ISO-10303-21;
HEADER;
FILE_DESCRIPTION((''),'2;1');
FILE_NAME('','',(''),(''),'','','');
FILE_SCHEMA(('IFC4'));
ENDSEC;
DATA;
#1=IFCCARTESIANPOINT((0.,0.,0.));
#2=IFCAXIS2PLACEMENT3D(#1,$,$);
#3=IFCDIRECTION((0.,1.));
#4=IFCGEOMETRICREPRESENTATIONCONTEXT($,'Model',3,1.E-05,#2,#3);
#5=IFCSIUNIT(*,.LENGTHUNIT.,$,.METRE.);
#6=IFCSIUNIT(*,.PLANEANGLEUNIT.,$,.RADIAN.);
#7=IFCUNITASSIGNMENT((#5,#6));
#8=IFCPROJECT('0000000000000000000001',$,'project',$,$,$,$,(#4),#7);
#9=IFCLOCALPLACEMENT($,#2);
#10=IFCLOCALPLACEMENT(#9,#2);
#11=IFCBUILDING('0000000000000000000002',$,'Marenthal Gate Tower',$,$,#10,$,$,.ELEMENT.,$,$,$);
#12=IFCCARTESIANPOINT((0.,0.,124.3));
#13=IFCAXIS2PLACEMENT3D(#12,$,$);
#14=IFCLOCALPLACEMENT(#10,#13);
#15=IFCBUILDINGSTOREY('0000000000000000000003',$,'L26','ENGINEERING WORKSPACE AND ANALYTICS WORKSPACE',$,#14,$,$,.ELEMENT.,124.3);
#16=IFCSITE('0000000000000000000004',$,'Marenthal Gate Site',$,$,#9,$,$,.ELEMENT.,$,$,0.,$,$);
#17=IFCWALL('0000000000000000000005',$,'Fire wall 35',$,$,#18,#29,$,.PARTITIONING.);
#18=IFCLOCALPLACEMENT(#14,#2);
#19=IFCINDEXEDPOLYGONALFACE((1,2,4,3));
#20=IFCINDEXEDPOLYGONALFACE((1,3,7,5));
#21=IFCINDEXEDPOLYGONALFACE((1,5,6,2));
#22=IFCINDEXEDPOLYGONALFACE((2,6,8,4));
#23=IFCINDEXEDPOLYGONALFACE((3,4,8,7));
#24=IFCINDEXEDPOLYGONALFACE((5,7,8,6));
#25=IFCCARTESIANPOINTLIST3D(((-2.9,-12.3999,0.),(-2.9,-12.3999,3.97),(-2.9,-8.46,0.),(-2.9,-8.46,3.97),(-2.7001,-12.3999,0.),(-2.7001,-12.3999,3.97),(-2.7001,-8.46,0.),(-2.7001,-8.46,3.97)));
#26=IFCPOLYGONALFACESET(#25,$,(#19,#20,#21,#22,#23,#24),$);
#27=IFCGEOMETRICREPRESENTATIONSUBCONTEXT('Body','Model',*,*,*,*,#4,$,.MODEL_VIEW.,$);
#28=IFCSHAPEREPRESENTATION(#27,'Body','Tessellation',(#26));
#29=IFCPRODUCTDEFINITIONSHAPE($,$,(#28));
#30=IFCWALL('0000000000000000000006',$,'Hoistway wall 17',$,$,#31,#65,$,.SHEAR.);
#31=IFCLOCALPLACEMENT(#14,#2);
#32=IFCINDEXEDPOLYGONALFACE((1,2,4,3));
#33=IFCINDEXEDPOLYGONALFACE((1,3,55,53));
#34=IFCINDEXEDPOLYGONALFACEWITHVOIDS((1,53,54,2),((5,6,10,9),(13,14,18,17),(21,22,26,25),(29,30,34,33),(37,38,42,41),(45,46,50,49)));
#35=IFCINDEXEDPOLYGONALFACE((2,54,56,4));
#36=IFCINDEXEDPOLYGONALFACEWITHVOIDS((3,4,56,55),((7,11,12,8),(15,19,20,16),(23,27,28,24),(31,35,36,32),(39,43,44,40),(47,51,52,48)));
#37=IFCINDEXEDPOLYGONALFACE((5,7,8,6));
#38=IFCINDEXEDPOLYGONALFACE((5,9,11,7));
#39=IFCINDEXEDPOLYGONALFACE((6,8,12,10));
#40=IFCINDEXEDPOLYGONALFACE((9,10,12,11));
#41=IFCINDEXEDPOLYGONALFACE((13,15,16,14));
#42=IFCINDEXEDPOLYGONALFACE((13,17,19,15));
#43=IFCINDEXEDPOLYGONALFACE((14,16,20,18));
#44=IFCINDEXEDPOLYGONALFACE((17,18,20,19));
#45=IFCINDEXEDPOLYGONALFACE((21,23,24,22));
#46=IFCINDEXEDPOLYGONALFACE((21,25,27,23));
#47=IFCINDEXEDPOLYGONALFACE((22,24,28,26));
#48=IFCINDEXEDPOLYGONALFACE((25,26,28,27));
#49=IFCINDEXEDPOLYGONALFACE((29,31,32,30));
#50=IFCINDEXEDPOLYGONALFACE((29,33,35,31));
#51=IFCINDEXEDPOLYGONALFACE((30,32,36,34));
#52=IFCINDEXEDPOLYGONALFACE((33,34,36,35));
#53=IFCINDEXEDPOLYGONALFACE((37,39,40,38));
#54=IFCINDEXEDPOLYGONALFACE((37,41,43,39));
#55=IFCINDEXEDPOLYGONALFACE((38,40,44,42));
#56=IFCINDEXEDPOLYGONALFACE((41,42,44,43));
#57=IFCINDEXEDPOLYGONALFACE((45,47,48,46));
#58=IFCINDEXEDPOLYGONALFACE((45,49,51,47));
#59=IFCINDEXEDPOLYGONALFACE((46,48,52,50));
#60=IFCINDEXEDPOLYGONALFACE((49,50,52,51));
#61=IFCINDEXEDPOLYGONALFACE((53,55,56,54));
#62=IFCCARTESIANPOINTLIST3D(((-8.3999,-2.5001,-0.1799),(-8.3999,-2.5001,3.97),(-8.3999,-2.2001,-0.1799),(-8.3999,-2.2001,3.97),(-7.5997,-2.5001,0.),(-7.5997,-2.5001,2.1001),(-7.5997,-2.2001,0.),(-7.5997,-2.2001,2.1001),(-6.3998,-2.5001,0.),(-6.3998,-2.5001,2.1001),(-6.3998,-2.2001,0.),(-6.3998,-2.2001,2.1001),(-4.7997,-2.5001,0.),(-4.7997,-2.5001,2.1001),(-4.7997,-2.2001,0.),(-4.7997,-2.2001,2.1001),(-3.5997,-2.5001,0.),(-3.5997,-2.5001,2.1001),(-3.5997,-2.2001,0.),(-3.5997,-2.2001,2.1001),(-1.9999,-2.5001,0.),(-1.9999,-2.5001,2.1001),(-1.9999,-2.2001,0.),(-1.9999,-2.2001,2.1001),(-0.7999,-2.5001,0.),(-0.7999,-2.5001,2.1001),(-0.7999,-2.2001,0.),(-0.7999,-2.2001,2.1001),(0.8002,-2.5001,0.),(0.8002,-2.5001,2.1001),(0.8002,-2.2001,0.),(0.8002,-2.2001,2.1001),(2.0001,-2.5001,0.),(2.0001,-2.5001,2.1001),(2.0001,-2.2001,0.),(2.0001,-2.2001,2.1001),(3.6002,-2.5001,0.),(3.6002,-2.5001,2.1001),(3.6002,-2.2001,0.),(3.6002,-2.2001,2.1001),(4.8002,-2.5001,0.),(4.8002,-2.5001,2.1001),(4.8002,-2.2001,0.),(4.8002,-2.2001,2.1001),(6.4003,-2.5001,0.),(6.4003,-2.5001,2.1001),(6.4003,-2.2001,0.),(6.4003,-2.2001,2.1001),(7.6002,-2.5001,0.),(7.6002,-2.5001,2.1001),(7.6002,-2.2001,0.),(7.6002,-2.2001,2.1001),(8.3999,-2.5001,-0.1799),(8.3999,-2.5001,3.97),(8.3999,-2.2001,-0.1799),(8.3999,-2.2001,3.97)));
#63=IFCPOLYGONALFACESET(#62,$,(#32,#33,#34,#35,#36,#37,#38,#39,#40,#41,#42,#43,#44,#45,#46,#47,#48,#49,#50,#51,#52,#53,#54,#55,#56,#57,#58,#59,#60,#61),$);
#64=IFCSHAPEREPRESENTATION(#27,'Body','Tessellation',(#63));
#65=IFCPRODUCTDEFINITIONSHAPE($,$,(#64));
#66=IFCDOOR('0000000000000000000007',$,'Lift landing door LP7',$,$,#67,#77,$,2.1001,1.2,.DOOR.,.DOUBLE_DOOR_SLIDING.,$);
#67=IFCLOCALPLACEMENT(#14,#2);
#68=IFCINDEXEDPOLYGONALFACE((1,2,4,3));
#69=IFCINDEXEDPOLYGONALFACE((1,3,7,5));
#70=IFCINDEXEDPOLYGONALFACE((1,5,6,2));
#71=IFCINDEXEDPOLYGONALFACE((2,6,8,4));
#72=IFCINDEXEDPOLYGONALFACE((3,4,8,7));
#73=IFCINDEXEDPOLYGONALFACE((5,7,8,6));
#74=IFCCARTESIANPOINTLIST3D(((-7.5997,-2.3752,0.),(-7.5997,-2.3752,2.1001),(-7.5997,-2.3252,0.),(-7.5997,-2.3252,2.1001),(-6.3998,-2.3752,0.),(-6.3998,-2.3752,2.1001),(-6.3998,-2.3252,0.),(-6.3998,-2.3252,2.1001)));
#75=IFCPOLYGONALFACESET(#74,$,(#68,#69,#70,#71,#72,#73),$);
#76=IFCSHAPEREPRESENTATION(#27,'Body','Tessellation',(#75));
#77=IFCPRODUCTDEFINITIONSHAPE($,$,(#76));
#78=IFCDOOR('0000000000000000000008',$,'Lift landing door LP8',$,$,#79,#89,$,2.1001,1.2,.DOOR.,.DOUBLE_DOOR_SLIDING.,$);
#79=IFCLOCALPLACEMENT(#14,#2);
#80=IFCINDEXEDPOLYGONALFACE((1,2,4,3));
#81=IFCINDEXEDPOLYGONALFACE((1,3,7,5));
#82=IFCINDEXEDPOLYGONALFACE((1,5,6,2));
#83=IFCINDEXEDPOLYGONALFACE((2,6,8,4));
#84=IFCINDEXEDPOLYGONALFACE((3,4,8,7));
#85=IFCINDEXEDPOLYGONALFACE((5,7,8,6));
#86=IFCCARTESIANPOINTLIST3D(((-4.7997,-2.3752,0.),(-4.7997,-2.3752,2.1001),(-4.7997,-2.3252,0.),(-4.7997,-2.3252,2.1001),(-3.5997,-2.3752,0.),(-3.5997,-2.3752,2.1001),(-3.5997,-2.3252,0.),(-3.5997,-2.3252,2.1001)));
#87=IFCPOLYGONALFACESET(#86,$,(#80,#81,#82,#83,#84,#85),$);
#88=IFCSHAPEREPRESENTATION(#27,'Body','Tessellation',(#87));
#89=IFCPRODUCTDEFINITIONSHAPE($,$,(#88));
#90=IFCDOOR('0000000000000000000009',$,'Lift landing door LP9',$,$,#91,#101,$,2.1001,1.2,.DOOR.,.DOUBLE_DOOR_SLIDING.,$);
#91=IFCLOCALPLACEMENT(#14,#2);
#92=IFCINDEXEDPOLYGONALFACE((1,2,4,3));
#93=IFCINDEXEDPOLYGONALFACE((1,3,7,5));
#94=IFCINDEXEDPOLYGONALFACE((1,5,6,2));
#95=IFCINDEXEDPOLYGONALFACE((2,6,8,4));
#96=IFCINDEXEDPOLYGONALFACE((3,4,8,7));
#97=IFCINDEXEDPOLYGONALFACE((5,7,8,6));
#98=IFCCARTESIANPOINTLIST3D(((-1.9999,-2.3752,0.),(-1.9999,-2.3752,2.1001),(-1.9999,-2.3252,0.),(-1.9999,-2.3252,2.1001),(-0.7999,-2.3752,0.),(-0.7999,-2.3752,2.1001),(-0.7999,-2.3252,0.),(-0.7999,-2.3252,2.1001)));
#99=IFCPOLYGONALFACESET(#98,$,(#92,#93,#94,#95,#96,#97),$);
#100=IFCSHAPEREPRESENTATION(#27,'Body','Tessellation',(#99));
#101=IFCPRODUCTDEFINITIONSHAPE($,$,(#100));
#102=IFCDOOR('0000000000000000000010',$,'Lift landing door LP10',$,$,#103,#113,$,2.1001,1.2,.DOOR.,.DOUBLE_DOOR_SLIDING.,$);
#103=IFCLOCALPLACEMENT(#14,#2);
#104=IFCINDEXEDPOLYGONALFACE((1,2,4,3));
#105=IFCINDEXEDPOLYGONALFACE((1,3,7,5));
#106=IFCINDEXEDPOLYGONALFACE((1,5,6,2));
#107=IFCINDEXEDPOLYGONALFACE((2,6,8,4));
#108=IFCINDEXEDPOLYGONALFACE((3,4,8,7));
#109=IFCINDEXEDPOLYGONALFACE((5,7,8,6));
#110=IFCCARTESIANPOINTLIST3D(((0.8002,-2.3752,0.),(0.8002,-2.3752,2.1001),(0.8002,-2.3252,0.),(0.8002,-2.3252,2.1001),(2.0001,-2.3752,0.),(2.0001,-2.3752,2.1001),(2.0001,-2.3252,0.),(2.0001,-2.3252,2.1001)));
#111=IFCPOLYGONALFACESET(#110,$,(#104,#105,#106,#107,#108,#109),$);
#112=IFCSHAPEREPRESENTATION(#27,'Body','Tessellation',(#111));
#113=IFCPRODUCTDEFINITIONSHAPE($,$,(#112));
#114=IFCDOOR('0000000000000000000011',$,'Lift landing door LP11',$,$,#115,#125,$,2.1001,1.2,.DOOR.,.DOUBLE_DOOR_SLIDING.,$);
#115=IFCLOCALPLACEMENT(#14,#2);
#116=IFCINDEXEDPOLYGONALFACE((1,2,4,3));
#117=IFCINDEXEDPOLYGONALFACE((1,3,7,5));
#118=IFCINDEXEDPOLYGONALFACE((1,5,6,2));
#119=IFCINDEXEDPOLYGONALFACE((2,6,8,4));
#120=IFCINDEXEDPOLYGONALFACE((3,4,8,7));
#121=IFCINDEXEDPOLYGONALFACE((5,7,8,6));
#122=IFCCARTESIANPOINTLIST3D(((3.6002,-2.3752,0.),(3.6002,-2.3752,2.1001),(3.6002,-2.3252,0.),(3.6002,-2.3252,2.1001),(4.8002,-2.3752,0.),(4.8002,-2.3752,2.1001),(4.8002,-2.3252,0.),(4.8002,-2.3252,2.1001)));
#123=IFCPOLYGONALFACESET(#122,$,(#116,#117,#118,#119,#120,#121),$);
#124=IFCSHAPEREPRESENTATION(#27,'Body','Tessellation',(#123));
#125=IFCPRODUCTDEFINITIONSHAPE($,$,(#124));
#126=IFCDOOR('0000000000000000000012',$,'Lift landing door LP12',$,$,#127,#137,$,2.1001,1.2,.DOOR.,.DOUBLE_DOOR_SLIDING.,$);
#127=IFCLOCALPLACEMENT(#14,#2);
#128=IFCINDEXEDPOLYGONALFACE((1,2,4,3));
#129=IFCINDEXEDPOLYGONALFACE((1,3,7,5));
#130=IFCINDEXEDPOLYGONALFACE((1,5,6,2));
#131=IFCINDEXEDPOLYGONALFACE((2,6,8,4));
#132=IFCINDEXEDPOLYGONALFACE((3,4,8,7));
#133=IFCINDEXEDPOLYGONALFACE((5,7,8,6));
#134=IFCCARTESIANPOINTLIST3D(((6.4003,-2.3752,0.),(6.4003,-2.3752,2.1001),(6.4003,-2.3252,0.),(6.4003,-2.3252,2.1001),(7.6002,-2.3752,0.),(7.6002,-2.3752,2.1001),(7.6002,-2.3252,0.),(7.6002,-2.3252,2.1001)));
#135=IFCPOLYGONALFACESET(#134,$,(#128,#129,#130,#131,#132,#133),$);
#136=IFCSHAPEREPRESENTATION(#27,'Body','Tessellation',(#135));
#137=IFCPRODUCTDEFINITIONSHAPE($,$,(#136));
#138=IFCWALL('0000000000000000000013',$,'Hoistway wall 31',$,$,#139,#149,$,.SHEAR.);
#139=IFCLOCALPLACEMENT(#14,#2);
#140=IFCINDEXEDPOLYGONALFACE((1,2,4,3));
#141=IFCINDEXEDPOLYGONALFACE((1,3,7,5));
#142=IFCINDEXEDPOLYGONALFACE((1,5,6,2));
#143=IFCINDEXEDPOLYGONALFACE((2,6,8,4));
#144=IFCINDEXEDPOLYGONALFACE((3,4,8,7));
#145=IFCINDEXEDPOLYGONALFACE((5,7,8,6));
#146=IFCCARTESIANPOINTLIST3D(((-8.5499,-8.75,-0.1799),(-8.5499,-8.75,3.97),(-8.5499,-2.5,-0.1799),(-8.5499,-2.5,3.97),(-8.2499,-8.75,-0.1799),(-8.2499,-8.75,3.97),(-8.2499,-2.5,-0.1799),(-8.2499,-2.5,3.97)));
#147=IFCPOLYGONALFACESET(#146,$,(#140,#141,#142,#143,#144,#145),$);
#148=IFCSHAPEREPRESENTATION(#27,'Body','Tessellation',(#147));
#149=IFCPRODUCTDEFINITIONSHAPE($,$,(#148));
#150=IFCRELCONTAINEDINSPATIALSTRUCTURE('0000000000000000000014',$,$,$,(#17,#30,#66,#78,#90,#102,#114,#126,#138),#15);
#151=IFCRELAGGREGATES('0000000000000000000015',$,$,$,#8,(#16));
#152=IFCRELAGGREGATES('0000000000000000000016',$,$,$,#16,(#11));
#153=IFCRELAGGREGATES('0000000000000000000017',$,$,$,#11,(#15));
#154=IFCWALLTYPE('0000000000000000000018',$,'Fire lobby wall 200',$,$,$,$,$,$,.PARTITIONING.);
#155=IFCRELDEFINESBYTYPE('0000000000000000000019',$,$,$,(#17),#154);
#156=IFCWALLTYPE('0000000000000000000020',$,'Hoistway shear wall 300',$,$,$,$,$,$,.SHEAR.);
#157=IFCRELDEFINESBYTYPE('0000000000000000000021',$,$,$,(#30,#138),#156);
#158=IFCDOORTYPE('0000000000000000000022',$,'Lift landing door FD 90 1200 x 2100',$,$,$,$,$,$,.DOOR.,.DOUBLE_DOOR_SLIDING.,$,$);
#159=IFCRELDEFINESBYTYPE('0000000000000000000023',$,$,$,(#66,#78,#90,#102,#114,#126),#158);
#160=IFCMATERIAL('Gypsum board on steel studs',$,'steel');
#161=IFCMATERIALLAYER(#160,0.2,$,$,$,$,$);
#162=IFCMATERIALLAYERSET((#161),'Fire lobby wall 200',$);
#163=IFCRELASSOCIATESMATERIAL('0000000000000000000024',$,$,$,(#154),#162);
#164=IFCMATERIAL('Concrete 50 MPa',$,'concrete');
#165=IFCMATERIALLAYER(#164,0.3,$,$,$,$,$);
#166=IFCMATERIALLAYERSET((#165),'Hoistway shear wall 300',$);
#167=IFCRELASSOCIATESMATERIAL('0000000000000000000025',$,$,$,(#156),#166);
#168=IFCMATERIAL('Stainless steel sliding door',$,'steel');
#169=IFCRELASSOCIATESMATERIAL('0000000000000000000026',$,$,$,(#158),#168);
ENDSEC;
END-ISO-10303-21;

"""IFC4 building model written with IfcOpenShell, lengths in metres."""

from ifc_helpers import new_model, si_unit, direction, frame, frame_2d, origin, place, context, subcontext, project, spatial, rectangle, extrude, material, layer, layer_set, type_object, element, fill, save


model = new_model("IFC4")

# Units and contexts
model_context = context("Model", 3, precision=1e-05, world=origin(), true_north=direction((0.0, 1.0)))
body_context = subcontext(model_context, "Body", "Model", "MODEL_VIEW")
ifc_project = project(units=[si_unit("LENGTHUNIT", "METRE"), si_unit("PLANEANGLEUNIT", "RADIAN")], contexts=[model_context])

# Site, building, storey
site_placement = place(None, origin())
site = spatial("IfcSite", under=ifc_project, at=site_placement, Name="Marenthal Gate Site", CompositionType="ELEMENT", RefElevation=0.0)
building_placement = place(site_placement, origin())
building = spatial("IfcBuilding", under=site, at=building_placement, Name="Marenthal Gate Tower", CompositionType="ELEMENT")
storey_placement = place(building_placement, frame((0.0, 0.0, 124.3)))
storey = spatial("IfcBuildingStorey", under=building, at=storey_placement, Name="L26", Description="ENGINEERING WORKSPACE AND ANALYTICS WORKSPACE", CompositionType="ELEMENT", Elevation=124.3)

# Wall
ifc_material_1 = material(Name="Gypsum board on steel studs", Category="steel")
ifc_layer_1 = layer(ifc_material_1, 0.2)
ifc_layer_set_1 = layer_set([ifc_layer_1], Name="Fire lobby wall 200")
wall_type_1 = type_object("IfcWallType", Name="Fire lobby wall 200", PredefinedType="PARTITIONING", material=ifc_layer_set_1)
wall_1_placement = place(storey_placement, frame((-2.8, -12.3999, 0.0), z_axis=(0.0, 0.0, 1.0), x_axis=(0.0, 1.0, 0.0)))
element("IfcWall", 1, at=wall_1_placement, inside=storey, type_object=wall_type_1, Name="Fire wall 35", PredefinedType="PARTITIONING", context=body_context, shape_type="SweptSolid", body=[
    extrude(rectangle(XDim=3.9399, YDim=0.2, at=frame_2d((1.97, 0.0))), origin(), (0.0, 0.0, 1.0), 3.97),
])

# Wall, openings, doors
ifc_material_2 = material(Name="Concrete 50 MPa", Category="concrete")
ifc_layer_2 = layer(ifc_material_2, 0.3)
ifc_layer_set_2 = layer_set([ifc_layer_2], Name="Hoistway shear wall 300")
wall_type_2 = type_object("IfcWallType", Name="Hoistway shear wall 300", PredefinedType="SHEAR", material=ifc_layer_set_2)
wall_2_placement = place(storey_placement, frame((-8.3999, -2.3501, -0.1799), z_axis=(0.0, 0.0, 1.0), x_axis=(1.0, 0.0, 0.0)))
wall_2 = element("IfcWall", 2, at=wall_2_placement, inside=storey, type_object=wall_type_2, Name="Hoistway wall 17", PredefinedType="SHEAR", context=body_context, shape_type="SweptSolid", body=[
    extrude(rectangle(XDim=16.7998, YDim=0.3, at=frame_2d((8.3999, 0.0))), origin(), (0.0, 0.0, 1.0), 4.1499),
])
opening_1_placement = place(wall_2_placement, frame((0.8, 0.0, 0.1799)))
opening_1 = element("IfcOpeningElement", 3, at=opening_1_placement, cuts=wall_2, PredefinedType="OPENING", context=body_context, shape_type="SweptSolid", body=[
    extrude(rectangle(XDim=1.2, YDim=2.1001, at=frame_2d((0.6001, 1.05))), frame((0.0, 0.1602, 0.0), z_axis=(0.0, -1.0, 0.0), x_axis=(1.0, 0.0, 0.0)), (0.0, 0.0, 1.0), 0.3201),
])
opening_2_placement = place(wall_2_placement, frame((3.6001, 0.0, 0.1799)))
opening_2 = element("IfcOpeningElement", 4, at=opening_2_placement, cuts=wall_2, PredefinedType="OPENING", context=body_context, shape_type="SweptSolid", body=[
    extrude(rectangle(XDim=1.2, YDim=2.1001, at=frame_2d((0.6001, 1.05))), frame((0.0, 0.1602, 0.0), z_axis=(0.0, -1.0, 0.0), x_axis=(1.0, 0.0, 0.0)), (0.0, 0.0, 1.0), 0.3201),
])
opening_3_placement = place(wall_2_placement, frame((6.3999, 0.0, 0.1799)))
opening_3 = element("IfcOpeningElement", 5, at=opening_3_placement, cuts=wall_2, PredefinedType="OPENING", context=body_context, shape_type="SweptSolid", body=[
    extrude(rectangle(XDim=1.2, YDim=2.1001, at=frame_2d((0.6001, 1.05))), frame((0.0, 0.1602, 0.0), z_axis=(0.0, -1.0, 0.0), x_axis=(1.0, 0.0, 0.0)), (0.0, 0.0, 1.0), 0.3201),
])
opening_4_placement = place(wall_2_placement, frame((9.2, 0.0, 0.1799)))
opening_4 = element("IfcOpeningElement", 6, at=opening_4_placement, cuts=wall_2, PredefinedType="OPENING", context=body_context, shape_type="SweptSolid", body=[
    extrude(rectangle(XDim=1.2, YDim=2.1001, at=frame_2d((0.6001, 1.05))), frame((0.0, 0.1602, 0.0), z_axis=(0.0, -1.0, 0.0), x_axis=(1.0, 0.0, 0.0)), (0.0, 0.0, 1.0), 0.3201),
])
opening_5_placement = place(wall_2_placement, frame((12.0, 0.0, 0.1799)))
opening_5 = element("IfcOpeningElement", 7, at=opening_5_placement, cuts=wall_2, PredefinedType="OPENING", context=body_context, shape_type="SweptSolid", body=[
    extrude(rectangle(XDim=1.2, YDim=2.1001, at=frame_2d((0.6001, 1.05))), frame((0.0, 0.1602, 0.0), z_axis=(0.0, -1.0, 0.0), x_axis=(1.0, 0.0, 0.0)), (0.0, 0.0, 1.0), 0.3201),
])
opening_6_placement = place(wall_2_placement, frame((14.8, 0.0, 0.1799)))
opening_6 = element("IfcOpeningElement", 8, at=opening_6_placement, cuts=wall_2, PredefinedType="OPENING", context=body_context, shape_type="SweptSolid", body=[
    extrude(rectangle(XDim=1.2, YDim=2.1001, at=frame_2d((0.6001, 1.05))), frame((0.0, 0.1602, 0.0), z_axis=(0.0, -1.0, 0.0), x_axis=(1.0, 0.0, 0.0)), (0.0, 0.0, 1.0), 0.3201),
])
ifc_material_3 = material(Name="Stainless steel sliding door", Category="steel")
door_type_1 = type_object("IfcDoorType", Name="Lift landing door FD 90 1200 x 2100", OperationType="DOUBLE_DOOR_SLIDING", PredefinedType="DOOR", material=ifc_material_3)
door_1_placement = place(opening_1_placement, origin())
door_1 = element("IfcDoor", 9, at=door_1_placement, inside=storey, type_object=door_type_1, Name="Lift landing door LP7", OperationType="DOUBLE_DOOR_SLIDING", OverallHeight=2.1001, OverallWidth=1.2, PredefinedType="DOOR", context=body_context, shape_type="SweptSolid", body=[
    extrude(rectangle(XDim=1.2, YDim=2.1001, at=frame_2d((0.6001, 1.05))), frame((0.0, 0.0249, 0.0), z_axis=(0.0, -1.0, 0.0), x_axis=(1.0, 0.0, 0.0)), (0.0, 0.0, 1.0), 0.05),
])
fill(opening_1, door_1)
door_2_placement = place(opening_2_placement, origin())
door_2 = element("IfcDoor", 10, at=door_2_placement, inside=storey, type_object=door_type_1, Name="Lift landing door LP8", OperationType="DOUBLE_DOOR_SLIDING", OverallHeight=2.1001, OverallWidth=1.2, PredefinedType="DOOR", context=body_context, shape_type="SweptSolid", body=[
    extrude(rectangle(XDim=1.2, YDim=2.1001, at=frame_2d((0.6001, 1.05))), frame((0.0, 0.0249, 0.0), z_axis=(0.0, -1.0, 0.0), x_axis=(1.0, 0.0, 0.0)), (0.0, 0.0, 1.0), 0.05),
])
fill(opening_2, door_2)
door_3_placement = place(opening_3_placement, origin())
door_3 = element("IfcDoor", 11, at=door_3_placement, inside=storey, type_object=door_type_1, Name="Lift landing door LP9", OperationType="DOUBLE_DOOR_SLIDING", OverallHeight=2.1001, OverallWidth=1.2, PredefinedType="DOOR", context=body_context, shape_type="SweptSolid", body=[
    extrude(rectangle(XDim=1.2, YDim=2.1001, at=frame_2d((0.6001, 1.05))), frame((0.0, 0.0249, 0.0), z_axis=(0.0, -1.0, 0.0), x_axis=(1.0, 0.0, 0.0)), (0.0, 0.0, 1.0), 0.05),
])
fill(opening_3, door_3)
door_4_placement = place(opening_4_placement, origin())
door_4 = element("IfcDoor", 12, at=door_4_placement, inside=storey, type_object=door_type_1, Name="Lift landing door LP10", OperationType="DOUBLE_DOOR_SLIDING", OverallHeight=2.1001, OverallWidth=1.2, PredefinedType="DOOR", context=body_context, shape_type="SweptSolid", body=[
    extrude(rectangle(XDim=1.2, YDim=2.1001, at=frame_2d((0.6001, 1.05))), frame((0.0, 0.0249, 0.0), z_axis=(0.0, -1.0, 0.0), x_axis=(1.0, 0.0, 0.0)), (0.0, 0.0, 1.0), 0.05),
])
fill(opening_4, door_4)
door_5_placement = place(opening_5_placement, origin())
door_5 = element("IfcDoor", 13, at=door_5_placement, inside=storey, type_object=door_type_1, Name="Lift landing door LP11", OperationType="DOUBLE_DOOR_SLIDING", OverallHeight=2.1001, OverallWidth=1.2, PredefinedType="DOOR", context=body_context, shape_type="SweptSolid", body=[
    extrude(rectangle(XDim=1.2, YDim=2.1001, at=frame_2d((0.6001, 1.05))), frame((0.0, 0.0249, 0.0), z_axis=(0.0, -1.0, 0.0), x_axis=(1.0, 0.0, 0.0)), (0.0, 0.0, 1.0), 0.05),
])
fill(opening_5, door_5)
door_6_placement = place(opening_6_placement, origin())
door_6 = element("IfcDoor", 14, at=door_6_placement, inside=storey, type_object=door_type_1, Name="Lift landing door LP12", OperationType="DOUBLE_DOOR_SLIDING", OverallHeight=2.1001, OverallWidth=1.2, PredefinedType="DOOR", context=body_context, shape_type="SweptSolid", body=[
    extrude(rectangle(XDim=1.2, YDim=2.1001, at=frame_2d((0.6001, 1.05))), frame((0.0, 0.0249, 0.0), z_axis=(0.0, -1.0, 0.0), x_axis=(1.0, 0.0, 0.0)), (0.0, 0.0, 1.0), 0.05),
])
fill(opening_6, door_6)

# Wall
wall_3_placement = place(storey_placement, frame((-8.3999, -8.75, -0.1799), z_axis=(0.0, 0.0, 1.0), x_axis=(0.0, 1.0, 0.0)))
element("IfcWall", 15, at=wall_3_placement, inside=storey, type_object=wall_type_2, Name="Hoistway wall 31", PredefinedType="SHEAR", context=body_context, shape_type="SweptSolid", body=[
    extrude(rectangle(XDim=6.25, YDim=0.3, at=frame_2d((3.125, 0.0))), origin(), (0.0, 0.0, 1.0), 4.1499),
])

save(model, "model.ifc")
